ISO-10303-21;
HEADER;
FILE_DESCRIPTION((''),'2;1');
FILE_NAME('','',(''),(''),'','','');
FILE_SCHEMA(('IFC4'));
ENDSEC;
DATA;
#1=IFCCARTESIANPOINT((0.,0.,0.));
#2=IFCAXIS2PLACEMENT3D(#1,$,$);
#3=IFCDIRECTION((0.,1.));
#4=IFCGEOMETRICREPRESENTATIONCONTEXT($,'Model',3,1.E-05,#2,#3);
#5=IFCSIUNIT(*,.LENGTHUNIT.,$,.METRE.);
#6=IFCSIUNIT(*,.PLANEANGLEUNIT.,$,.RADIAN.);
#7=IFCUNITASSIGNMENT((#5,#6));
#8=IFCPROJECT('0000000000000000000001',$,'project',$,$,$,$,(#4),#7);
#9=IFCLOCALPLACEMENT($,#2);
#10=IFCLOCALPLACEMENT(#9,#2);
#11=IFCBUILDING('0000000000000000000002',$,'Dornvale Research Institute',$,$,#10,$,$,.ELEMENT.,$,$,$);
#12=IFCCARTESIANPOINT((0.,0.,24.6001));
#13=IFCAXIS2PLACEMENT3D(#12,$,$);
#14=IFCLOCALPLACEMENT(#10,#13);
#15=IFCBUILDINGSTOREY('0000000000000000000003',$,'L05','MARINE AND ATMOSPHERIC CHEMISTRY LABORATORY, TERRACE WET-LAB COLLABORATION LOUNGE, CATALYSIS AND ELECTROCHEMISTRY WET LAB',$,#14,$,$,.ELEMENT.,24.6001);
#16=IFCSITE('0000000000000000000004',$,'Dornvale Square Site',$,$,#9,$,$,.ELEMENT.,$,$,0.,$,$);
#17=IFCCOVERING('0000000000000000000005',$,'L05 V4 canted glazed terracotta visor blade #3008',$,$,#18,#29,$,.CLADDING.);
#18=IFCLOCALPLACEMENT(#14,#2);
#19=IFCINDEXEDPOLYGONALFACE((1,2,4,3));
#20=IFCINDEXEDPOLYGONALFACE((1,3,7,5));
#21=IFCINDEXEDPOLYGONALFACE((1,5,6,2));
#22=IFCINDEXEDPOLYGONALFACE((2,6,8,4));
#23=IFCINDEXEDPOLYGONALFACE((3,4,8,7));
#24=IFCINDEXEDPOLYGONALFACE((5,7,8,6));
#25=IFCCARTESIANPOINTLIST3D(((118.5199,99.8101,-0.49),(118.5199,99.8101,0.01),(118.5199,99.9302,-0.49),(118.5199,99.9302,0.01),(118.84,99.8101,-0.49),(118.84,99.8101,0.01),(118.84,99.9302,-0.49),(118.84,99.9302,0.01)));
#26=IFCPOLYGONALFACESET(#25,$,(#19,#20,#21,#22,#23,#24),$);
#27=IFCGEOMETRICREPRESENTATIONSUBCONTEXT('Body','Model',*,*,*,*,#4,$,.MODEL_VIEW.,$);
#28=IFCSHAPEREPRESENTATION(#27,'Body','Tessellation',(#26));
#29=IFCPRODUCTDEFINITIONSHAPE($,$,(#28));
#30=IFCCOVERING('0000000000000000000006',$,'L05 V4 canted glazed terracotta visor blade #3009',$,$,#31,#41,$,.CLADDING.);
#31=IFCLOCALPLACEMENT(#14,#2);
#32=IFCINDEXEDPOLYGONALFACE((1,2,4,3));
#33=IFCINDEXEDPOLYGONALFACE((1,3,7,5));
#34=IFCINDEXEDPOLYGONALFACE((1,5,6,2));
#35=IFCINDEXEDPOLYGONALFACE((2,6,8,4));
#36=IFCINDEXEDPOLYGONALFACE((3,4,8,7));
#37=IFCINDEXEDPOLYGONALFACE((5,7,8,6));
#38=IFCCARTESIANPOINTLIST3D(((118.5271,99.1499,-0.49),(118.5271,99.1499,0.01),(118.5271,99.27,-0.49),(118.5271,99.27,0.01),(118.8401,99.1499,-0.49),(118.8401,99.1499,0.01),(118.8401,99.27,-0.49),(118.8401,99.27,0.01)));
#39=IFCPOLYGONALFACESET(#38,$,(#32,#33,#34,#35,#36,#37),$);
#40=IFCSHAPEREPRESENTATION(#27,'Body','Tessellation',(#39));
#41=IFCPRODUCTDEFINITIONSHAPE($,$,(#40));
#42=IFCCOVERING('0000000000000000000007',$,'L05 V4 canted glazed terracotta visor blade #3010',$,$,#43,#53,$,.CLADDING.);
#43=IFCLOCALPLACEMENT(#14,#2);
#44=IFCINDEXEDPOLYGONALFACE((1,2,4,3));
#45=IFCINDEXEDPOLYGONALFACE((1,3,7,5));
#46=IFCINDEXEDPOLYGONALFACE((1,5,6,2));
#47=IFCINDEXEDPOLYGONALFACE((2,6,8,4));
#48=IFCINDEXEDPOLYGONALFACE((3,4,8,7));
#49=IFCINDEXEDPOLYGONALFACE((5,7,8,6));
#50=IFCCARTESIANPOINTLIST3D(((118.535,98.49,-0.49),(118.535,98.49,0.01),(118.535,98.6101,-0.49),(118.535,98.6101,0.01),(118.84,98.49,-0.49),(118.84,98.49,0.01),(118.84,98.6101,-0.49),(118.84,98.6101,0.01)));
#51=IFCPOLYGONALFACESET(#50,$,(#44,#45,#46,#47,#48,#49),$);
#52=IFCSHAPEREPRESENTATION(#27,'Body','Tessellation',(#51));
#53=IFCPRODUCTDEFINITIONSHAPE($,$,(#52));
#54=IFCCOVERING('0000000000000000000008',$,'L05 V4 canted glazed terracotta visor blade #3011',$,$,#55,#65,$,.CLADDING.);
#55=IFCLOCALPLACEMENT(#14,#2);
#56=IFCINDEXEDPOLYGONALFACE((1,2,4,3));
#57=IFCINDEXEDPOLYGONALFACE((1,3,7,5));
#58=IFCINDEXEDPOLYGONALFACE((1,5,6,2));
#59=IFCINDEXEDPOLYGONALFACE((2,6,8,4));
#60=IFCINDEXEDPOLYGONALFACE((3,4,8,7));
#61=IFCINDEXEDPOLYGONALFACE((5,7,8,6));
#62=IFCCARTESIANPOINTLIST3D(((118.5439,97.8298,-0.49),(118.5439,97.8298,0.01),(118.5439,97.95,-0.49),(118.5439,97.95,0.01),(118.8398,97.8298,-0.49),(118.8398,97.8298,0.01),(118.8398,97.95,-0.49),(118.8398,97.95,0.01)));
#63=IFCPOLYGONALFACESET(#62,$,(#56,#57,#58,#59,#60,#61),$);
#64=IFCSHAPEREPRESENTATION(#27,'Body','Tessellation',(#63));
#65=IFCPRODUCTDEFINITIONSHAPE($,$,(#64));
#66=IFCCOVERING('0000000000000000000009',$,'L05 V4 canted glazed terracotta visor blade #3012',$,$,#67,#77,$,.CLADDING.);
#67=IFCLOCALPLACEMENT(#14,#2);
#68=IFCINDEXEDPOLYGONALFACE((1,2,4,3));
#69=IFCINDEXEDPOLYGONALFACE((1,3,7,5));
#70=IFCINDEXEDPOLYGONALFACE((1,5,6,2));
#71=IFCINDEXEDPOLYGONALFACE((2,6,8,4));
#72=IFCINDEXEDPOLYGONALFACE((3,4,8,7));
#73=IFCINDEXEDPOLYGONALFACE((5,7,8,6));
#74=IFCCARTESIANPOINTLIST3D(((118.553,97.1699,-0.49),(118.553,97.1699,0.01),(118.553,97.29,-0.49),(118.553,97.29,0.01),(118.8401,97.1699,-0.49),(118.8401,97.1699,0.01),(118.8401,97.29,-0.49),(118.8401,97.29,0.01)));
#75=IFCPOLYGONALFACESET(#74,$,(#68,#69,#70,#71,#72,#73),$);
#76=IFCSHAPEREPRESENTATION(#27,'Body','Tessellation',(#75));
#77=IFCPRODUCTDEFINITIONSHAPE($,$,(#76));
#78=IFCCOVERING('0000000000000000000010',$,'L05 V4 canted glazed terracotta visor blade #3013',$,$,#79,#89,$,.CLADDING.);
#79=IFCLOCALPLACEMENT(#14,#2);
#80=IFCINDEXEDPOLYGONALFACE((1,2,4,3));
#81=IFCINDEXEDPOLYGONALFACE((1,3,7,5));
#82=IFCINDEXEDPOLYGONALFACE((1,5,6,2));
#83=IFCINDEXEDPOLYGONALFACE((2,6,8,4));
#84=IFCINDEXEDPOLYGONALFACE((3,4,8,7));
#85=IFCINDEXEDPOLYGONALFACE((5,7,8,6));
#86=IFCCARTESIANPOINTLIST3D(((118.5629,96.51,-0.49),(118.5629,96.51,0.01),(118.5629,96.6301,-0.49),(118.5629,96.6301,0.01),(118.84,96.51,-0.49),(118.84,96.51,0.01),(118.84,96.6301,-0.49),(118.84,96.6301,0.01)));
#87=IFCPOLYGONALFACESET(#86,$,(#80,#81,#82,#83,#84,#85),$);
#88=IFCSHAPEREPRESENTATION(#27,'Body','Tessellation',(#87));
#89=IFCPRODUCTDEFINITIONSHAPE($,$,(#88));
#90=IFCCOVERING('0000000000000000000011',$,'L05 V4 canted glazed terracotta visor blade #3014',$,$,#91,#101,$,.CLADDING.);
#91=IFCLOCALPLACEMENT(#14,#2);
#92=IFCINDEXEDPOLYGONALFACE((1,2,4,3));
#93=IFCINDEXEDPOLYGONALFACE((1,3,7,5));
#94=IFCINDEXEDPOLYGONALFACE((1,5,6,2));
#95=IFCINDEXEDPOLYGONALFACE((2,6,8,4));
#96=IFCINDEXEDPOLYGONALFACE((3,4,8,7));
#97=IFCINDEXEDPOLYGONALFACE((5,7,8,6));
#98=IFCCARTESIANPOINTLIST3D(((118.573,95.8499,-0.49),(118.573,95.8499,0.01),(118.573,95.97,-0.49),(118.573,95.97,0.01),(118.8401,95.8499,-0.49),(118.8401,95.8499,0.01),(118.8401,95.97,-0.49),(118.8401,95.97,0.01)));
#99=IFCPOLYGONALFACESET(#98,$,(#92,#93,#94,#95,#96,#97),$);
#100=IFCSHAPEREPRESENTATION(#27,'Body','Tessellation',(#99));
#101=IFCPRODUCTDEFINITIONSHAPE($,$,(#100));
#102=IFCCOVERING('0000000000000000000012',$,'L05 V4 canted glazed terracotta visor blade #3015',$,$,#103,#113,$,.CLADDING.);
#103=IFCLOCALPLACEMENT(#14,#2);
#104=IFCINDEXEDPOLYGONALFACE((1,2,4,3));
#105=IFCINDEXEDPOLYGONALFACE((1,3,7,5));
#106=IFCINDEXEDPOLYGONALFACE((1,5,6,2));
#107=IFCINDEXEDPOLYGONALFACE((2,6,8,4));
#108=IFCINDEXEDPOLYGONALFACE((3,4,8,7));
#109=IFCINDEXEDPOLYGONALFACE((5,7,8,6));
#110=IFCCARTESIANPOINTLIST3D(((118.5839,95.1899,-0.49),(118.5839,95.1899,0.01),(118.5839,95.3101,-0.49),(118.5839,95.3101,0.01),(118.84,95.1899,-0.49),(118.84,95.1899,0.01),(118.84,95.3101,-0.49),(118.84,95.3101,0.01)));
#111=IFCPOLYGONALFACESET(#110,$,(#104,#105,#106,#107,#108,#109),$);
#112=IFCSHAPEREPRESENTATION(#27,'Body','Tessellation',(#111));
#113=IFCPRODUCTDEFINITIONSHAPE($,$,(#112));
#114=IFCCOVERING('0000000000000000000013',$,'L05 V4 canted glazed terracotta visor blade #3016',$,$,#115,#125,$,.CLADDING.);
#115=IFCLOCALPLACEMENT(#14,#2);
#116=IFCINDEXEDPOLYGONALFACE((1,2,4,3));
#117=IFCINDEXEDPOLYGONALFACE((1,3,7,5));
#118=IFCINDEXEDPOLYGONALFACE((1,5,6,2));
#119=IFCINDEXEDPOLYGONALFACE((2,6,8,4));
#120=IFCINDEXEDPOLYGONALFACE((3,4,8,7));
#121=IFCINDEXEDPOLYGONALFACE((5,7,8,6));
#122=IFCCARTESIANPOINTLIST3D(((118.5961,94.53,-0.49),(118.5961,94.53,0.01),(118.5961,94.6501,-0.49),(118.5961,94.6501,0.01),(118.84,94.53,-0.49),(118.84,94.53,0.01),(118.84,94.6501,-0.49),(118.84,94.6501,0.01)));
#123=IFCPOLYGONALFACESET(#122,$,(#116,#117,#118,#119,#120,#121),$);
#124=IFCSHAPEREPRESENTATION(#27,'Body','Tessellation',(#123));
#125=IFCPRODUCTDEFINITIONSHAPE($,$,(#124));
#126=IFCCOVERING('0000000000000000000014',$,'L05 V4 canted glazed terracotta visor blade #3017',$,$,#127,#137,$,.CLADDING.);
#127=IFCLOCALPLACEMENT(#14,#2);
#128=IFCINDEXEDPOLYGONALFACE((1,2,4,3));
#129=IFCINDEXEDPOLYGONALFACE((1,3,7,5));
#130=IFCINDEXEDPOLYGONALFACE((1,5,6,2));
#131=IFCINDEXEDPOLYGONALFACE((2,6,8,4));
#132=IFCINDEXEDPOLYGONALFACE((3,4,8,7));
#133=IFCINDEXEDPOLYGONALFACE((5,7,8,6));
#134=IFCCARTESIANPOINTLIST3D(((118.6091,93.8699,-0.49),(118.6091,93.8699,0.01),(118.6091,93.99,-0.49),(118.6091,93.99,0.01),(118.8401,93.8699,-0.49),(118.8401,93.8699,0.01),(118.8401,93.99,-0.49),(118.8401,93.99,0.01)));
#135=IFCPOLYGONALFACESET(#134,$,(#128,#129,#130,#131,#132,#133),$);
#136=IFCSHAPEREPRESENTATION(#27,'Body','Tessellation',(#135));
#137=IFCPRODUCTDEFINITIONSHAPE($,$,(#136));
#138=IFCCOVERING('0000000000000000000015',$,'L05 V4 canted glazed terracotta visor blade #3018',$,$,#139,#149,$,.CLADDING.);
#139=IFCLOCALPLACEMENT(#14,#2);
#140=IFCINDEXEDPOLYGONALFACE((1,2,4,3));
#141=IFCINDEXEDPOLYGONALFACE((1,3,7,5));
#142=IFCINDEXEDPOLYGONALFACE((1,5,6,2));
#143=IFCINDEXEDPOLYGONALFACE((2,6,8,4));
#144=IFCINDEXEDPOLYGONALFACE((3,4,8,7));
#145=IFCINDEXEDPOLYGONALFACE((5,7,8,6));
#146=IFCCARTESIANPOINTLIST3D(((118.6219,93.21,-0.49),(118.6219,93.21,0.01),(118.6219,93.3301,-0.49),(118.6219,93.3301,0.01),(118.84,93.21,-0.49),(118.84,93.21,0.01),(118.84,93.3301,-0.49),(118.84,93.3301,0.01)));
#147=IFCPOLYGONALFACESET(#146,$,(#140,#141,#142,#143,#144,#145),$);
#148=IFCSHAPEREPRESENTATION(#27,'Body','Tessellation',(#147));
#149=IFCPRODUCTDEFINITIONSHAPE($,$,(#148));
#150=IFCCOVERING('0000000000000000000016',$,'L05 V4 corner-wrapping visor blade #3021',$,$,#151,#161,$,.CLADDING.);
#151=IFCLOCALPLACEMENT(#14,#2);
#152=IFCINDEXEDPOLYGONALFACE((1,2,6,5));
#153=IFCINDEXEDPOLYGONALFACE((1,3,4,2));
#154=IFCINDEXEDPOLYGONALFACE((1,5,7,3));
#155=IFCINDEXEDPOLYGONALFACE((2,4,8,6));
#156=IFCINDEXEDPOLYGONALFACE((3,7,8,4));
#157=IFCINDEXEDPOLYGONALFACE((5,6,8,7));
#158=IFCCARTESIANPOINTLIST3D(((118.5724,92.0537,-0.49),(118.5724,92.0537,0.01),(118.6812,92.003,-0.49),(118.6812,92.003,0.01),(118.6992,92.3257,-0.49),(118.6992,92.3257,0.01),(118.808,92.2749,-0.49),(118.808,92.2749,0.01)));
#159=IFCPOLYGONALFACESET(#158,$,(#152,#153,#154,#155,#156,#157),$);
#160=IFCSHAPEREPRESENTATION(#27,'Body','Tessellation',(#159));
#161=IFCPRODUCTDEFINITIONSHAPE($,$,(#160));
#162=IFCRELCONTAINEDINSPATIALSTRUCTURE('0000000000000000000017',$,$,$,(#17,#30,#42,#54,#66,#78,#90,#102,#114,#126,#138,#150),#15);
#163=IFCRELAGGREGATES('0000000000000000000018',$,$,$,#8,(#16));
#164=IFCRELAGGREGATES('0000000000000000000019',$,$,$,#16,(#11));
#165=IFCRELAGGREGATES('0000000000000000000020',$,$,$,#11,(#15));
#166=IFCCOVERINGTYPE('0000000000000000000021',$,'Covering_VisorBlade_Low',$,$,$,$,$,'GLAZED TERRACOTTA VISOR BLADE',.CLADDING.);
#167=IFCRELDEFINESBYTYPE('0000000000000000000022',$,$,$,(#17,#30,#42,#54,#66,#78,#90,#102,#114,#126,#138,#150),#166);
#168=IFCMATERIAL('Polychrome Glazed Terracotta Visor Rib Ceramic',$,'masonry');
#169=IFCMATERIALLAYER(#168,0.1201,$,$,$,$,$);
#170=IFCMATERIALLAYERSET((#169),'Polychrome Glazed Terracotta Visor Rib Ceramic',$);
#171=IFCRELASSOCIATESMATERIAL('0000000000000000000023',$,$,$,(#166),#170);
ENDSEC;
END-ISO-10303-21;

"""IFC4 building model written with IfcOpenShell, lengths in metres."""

from ifc_helpers import new_model, si_unit, direction, frame, origin, origin_2d, place, context, subcontext, project, spatial, rectangle, extrude, material, layer, layer_set, type_object, element, save


model = new_model("IFC4")

# Units and contexts
model_context = context("Model", 3, precision=1e-05, world=origin(), true_north=direction((0.0, 1.0)))
body_context = subcontext(model_context, "Body", "Model", "MODEL_VIEW")
ifc_project = project(units=[si_unit("LENGTHUNIT", "METRE"), si_unit("PLANEANGLEUNIT", "RADIAN")], contexts=[model_context])

# Site, building, storey
site_placement = place(None, origin())
site = spatial("IfcSite", under=ifc_project, at=site_placement, Name="Dornvale Square Site", CompositionType="ELEMENT", RefElevation=0.0)
building_placement = place(site_placement, origin())
building = spatial("IfcBuilding", under=site, at=building_placement, Name="Dornvale Research Institute", CompositionType="ELEMENT")
storey_placement = place(building_placement, frame((0.0, 0.0, 24.6001)))
storey = spatial("IfcBuildingStorey", under=building, at=storey_placement, Name="L05", Description="MARINE AND ATMOSPHERIC CHEMISTRY LABORATORY, TERRACE WET-LAB COLLABORATION LOUNGE, CATALYSIS AND ELECTROCHEMISTRY WET LAB", CompositionType="ELEMENT", Elevation=24.6001)

# Coverings
ifc_material_1 = material(Name="Polychrome Glazed Terracotta Visor Rib Ceramic", Category="masonry")
ifc_layer_1 = layer(ifc_material_1, 0.1201)
ifc_layer_set_1 = layer_set([ifc_layer_1], Name="Polychrome Glazed Terracotta Visor Rib Ceramic")
covering_type = type_object("IfcCoveringType", Name="Covering_VisorBlade_Low", ElementType="GLAZED TERRACOTTA VISOR BLADE", PredefinedType="CLADDING", material=ifc_layer_set_1)
covering_1_placement = place(storey_placement, frame((118.6799, 99.8701, -0.49), z_axis=(0.0, 0.0, 1.0), x_axis=(1.0, 0.0, 0.0)))
element("IfcCovering", 1, at=covering_1_placement, inside=storey, type_object=covering_type, Name="L05 V4 canted glazed terracotta visor blade #3008", PredefinedType="CLADDING", context=body_context, shape_type="SweptSolid", body=[
    extrude(rectangle(XDim=0.3201, YDim=0.1201, at=origin_2d()), origin(), (0.0, 0.0, 1.0), 0.5),
])
covering_2_placement = place(storey_placement, frame((118.6836, 99.21, -0.49), z_axis=(0.0, 0.0, 1.0), x_axis=(1.0, 0.0, 0.0)))
element("IfcCovering", 2, at=covering_2_placement, inside=storey, type_object=covering_type, Name="L05 V4 canted glazed terracotta visor blade #3009", PredefinedType="CLADDING", context=body_context, shape_type="SweptSolid", body=[
    extrude(rectangle(XDim=0.313, YDim=0.1201, at=origin_2d()), origin(), (0.0, 0.0, 1.0), 0.5),
])
covering_3_placement = place(storey_placement, frame((118.6875, 98.55, -0.49), z_axis=(0.0, 0.0, 1.0), x_axis=(1.0, 0.0, 0.0)))
element("IfcCovering", 3, at=covering_3_placement, inside=storey, type_object=covering_type, Name="L05 V4 canted glazed terracotta visor blade #3010", PredefinedType="CLADDING", context=body_context, shape_type="SweptSolid", body=[
    extrude(rectangle(XDim=0.3049, YDim=0.1201, at=origin_2d()), origin(), (0.0, 0.0, 1.0), 0.5),
])
covering_4_placement = place(storey_placement, frame((118.6919, 97.8899, -0.49), z_axis=(0.0, 0.0, 1.0), x_axis=(1.0, 0.0, 0.0)))
element("IfcCovering", 4, at=covering_4_placement, inside=storey, type_object=covering_type, Name="L05 V4 canted glazed terracotta visor blade #3011", PredefinedType="CLADDING", context=body_context, shape_type="SweptSolid", body=[
    extrude(rectangle(XDim=0.2959, YDim=0.1201, at=origin_2d()), origin(), (0.0, 0.0, 1.0), 0.5),
])
covering_5_placement = place(storey_placement, frame((118.6965, 97.23, -0.49), z_axis=(0.0, 0.0, 1.0), x_axis=(1.0, 0.0, 0.0)))
element("IfcCovering", 5, at=covering_5_placement, inside=storey, type_object=covering_type, Name="L05 V4 canted glazed terracotta visor blade #3012", PredefinedType="CLADDING", context=body_context, shape_type="SweptSolid", body=[
    extrude(rectangle(XDim=0.2871, YDim=0.1201, at=origin_2d()), origin(), (0.0, 0.0, 1.0), 0.5),
])
covering_6_placement = place(storey_placement, frame((118.7014, 96.5701, -0.49), z_axis=(0.0, 0.0, 1.0), x_axis=(1.0, 0.0, 0.0)))
element("IfcCovering", 6, at=covering_6_placement, inside=storey, type_object=covering_type, Name="L05 V4 canted glazed terracotta visor blade #3013", PredefinedType="CLADDING", context=body_context, shape_type="SweptSolid", body=[
    extrude(rectangle(XDim=0.2771, YDim=0.1201, at=origin_2d()), origin(), (0.0, 0.0, 1.0), 0.5),
])
covering_7_placement = place(storey_placement, frame((118.7065, 95.9099, -0.49), z_axis=(0.0, 0.0, 1.0), x_axis=(1.0, 0.0, 0.0)))
element("IfcCovering", 7, at=covering_7_placement, inside=storey, type_object=covering_type, Name="L05 V4 canted glazed terracotta visor blade #3014", PredefinedType="CLADDING", context=body_context, shape_type="SweptSolid", body=[
    extrude(rectangle(XDim=0.2671, YDim=0.1201, at=origin_2d()), origin(), (0.0, 0.0, 1.0), 0.5),
])
covering_8_placement = place(storey_placement, frame((118.7119, 95.25, -0.49), z_axis=(0.0, 0.0, 1.0), x_axis=(1.0, 0.0, 0.0)))
element("IfcCovering", 8, at=covering_8_placement, inside=storey, type_object=covering_type, Name="L05 V4 canted glazed terracotta visor blade #3015", PredefinedType="CLADDING", context=body_context, shape_type="SweptSolid", body=[
    extrude(rectangle(XDim=0.2561, YDim=0.1201, at=origin_2d()), origin(), (0.0, 0.0, 1.0), 0.5),
])
covering_9_placement = place(storey_placement, frame((118.718, 94.5901, -0.49), z_axis=(0.0, 0.0, 1.0), x_axis=(1.0, 0.0, 0.0)))
element("IfcCovering", 9, at=covering_9_placement, inside=storey, type_object=covering_type, Name="L05 V4 canted glazed terracotta visor blade #3016", PredefinedType="CLADDING", context=body_context, shape_type="SweptSolid", body=[
    extrude(rectangle(XDim=0.2439, YDim=0.1201, at=origin_2d()), origin(), (0.0, 0.0, 1.0), 0.5),
])
covering_10_placement = place(storey_placement, frame((118.7246, 93.9299, -0.49), z_axis=(0.0, 0.0, 1.0), x_axis=(1.0, 0.0, 0.0)))
element("IfcCovering", 10, at=covering_10_placement, inside=storey, type_object=covering_type, Name="L05 V4 canted glazed terracotta visor blade #3017", PredefinedType="CLADDING", context=body_context, shape_type="SweptSolid", body=[
    extrude(rectangle(XDim=0.231, YDim=0.1201, at=origin_2d()), origin(), (0.0, 0.0, 1.0), 0.5),
])
covering_11_placement = place(storey_placement, frame((118.731, 93.27, -0.49), z_axis=(0.0, 0.0, 1.0), x_axis=(1.0, 0.0, 0.0)))
element("IfcCovering", 11, at=covering_11_placement, inside=storey, type_object=covering_type, Name="L05 V4 canted glazed terracotta visor blade #3018", PredefinedType="CLADDING", context=body_context, shape_type="SweptSolid", body=[
    extrude(rectangle(XDim=0.218, YDim=0.1201, at=origin_2d()), origin(), (0.0, 0.0, 1.0), 0.5),
])
covering_12_placement = place(storey_placement, frame((118.6902, 92.1643, -0.49), z_axis=(0.0, 0.0, 1.0), x_axis=(-0.422618, -0.906308, 0.0)))
element("IfcCovering", 12, at=covering_12_placement, inside=storey, type_object=covering_type, Name="L05 V4 corner-wrapping visor blade #3021", PredefinedType="CLADDING", context=body_context, shape_type="SweptSolid", body=[
    extrude(rectangle(XDim=0.3, YDim=0.1201, at=origin_2d()), origin(), (0.0, 0.0, 1.0), 0.5),
])

save(model, "model.ifc")
